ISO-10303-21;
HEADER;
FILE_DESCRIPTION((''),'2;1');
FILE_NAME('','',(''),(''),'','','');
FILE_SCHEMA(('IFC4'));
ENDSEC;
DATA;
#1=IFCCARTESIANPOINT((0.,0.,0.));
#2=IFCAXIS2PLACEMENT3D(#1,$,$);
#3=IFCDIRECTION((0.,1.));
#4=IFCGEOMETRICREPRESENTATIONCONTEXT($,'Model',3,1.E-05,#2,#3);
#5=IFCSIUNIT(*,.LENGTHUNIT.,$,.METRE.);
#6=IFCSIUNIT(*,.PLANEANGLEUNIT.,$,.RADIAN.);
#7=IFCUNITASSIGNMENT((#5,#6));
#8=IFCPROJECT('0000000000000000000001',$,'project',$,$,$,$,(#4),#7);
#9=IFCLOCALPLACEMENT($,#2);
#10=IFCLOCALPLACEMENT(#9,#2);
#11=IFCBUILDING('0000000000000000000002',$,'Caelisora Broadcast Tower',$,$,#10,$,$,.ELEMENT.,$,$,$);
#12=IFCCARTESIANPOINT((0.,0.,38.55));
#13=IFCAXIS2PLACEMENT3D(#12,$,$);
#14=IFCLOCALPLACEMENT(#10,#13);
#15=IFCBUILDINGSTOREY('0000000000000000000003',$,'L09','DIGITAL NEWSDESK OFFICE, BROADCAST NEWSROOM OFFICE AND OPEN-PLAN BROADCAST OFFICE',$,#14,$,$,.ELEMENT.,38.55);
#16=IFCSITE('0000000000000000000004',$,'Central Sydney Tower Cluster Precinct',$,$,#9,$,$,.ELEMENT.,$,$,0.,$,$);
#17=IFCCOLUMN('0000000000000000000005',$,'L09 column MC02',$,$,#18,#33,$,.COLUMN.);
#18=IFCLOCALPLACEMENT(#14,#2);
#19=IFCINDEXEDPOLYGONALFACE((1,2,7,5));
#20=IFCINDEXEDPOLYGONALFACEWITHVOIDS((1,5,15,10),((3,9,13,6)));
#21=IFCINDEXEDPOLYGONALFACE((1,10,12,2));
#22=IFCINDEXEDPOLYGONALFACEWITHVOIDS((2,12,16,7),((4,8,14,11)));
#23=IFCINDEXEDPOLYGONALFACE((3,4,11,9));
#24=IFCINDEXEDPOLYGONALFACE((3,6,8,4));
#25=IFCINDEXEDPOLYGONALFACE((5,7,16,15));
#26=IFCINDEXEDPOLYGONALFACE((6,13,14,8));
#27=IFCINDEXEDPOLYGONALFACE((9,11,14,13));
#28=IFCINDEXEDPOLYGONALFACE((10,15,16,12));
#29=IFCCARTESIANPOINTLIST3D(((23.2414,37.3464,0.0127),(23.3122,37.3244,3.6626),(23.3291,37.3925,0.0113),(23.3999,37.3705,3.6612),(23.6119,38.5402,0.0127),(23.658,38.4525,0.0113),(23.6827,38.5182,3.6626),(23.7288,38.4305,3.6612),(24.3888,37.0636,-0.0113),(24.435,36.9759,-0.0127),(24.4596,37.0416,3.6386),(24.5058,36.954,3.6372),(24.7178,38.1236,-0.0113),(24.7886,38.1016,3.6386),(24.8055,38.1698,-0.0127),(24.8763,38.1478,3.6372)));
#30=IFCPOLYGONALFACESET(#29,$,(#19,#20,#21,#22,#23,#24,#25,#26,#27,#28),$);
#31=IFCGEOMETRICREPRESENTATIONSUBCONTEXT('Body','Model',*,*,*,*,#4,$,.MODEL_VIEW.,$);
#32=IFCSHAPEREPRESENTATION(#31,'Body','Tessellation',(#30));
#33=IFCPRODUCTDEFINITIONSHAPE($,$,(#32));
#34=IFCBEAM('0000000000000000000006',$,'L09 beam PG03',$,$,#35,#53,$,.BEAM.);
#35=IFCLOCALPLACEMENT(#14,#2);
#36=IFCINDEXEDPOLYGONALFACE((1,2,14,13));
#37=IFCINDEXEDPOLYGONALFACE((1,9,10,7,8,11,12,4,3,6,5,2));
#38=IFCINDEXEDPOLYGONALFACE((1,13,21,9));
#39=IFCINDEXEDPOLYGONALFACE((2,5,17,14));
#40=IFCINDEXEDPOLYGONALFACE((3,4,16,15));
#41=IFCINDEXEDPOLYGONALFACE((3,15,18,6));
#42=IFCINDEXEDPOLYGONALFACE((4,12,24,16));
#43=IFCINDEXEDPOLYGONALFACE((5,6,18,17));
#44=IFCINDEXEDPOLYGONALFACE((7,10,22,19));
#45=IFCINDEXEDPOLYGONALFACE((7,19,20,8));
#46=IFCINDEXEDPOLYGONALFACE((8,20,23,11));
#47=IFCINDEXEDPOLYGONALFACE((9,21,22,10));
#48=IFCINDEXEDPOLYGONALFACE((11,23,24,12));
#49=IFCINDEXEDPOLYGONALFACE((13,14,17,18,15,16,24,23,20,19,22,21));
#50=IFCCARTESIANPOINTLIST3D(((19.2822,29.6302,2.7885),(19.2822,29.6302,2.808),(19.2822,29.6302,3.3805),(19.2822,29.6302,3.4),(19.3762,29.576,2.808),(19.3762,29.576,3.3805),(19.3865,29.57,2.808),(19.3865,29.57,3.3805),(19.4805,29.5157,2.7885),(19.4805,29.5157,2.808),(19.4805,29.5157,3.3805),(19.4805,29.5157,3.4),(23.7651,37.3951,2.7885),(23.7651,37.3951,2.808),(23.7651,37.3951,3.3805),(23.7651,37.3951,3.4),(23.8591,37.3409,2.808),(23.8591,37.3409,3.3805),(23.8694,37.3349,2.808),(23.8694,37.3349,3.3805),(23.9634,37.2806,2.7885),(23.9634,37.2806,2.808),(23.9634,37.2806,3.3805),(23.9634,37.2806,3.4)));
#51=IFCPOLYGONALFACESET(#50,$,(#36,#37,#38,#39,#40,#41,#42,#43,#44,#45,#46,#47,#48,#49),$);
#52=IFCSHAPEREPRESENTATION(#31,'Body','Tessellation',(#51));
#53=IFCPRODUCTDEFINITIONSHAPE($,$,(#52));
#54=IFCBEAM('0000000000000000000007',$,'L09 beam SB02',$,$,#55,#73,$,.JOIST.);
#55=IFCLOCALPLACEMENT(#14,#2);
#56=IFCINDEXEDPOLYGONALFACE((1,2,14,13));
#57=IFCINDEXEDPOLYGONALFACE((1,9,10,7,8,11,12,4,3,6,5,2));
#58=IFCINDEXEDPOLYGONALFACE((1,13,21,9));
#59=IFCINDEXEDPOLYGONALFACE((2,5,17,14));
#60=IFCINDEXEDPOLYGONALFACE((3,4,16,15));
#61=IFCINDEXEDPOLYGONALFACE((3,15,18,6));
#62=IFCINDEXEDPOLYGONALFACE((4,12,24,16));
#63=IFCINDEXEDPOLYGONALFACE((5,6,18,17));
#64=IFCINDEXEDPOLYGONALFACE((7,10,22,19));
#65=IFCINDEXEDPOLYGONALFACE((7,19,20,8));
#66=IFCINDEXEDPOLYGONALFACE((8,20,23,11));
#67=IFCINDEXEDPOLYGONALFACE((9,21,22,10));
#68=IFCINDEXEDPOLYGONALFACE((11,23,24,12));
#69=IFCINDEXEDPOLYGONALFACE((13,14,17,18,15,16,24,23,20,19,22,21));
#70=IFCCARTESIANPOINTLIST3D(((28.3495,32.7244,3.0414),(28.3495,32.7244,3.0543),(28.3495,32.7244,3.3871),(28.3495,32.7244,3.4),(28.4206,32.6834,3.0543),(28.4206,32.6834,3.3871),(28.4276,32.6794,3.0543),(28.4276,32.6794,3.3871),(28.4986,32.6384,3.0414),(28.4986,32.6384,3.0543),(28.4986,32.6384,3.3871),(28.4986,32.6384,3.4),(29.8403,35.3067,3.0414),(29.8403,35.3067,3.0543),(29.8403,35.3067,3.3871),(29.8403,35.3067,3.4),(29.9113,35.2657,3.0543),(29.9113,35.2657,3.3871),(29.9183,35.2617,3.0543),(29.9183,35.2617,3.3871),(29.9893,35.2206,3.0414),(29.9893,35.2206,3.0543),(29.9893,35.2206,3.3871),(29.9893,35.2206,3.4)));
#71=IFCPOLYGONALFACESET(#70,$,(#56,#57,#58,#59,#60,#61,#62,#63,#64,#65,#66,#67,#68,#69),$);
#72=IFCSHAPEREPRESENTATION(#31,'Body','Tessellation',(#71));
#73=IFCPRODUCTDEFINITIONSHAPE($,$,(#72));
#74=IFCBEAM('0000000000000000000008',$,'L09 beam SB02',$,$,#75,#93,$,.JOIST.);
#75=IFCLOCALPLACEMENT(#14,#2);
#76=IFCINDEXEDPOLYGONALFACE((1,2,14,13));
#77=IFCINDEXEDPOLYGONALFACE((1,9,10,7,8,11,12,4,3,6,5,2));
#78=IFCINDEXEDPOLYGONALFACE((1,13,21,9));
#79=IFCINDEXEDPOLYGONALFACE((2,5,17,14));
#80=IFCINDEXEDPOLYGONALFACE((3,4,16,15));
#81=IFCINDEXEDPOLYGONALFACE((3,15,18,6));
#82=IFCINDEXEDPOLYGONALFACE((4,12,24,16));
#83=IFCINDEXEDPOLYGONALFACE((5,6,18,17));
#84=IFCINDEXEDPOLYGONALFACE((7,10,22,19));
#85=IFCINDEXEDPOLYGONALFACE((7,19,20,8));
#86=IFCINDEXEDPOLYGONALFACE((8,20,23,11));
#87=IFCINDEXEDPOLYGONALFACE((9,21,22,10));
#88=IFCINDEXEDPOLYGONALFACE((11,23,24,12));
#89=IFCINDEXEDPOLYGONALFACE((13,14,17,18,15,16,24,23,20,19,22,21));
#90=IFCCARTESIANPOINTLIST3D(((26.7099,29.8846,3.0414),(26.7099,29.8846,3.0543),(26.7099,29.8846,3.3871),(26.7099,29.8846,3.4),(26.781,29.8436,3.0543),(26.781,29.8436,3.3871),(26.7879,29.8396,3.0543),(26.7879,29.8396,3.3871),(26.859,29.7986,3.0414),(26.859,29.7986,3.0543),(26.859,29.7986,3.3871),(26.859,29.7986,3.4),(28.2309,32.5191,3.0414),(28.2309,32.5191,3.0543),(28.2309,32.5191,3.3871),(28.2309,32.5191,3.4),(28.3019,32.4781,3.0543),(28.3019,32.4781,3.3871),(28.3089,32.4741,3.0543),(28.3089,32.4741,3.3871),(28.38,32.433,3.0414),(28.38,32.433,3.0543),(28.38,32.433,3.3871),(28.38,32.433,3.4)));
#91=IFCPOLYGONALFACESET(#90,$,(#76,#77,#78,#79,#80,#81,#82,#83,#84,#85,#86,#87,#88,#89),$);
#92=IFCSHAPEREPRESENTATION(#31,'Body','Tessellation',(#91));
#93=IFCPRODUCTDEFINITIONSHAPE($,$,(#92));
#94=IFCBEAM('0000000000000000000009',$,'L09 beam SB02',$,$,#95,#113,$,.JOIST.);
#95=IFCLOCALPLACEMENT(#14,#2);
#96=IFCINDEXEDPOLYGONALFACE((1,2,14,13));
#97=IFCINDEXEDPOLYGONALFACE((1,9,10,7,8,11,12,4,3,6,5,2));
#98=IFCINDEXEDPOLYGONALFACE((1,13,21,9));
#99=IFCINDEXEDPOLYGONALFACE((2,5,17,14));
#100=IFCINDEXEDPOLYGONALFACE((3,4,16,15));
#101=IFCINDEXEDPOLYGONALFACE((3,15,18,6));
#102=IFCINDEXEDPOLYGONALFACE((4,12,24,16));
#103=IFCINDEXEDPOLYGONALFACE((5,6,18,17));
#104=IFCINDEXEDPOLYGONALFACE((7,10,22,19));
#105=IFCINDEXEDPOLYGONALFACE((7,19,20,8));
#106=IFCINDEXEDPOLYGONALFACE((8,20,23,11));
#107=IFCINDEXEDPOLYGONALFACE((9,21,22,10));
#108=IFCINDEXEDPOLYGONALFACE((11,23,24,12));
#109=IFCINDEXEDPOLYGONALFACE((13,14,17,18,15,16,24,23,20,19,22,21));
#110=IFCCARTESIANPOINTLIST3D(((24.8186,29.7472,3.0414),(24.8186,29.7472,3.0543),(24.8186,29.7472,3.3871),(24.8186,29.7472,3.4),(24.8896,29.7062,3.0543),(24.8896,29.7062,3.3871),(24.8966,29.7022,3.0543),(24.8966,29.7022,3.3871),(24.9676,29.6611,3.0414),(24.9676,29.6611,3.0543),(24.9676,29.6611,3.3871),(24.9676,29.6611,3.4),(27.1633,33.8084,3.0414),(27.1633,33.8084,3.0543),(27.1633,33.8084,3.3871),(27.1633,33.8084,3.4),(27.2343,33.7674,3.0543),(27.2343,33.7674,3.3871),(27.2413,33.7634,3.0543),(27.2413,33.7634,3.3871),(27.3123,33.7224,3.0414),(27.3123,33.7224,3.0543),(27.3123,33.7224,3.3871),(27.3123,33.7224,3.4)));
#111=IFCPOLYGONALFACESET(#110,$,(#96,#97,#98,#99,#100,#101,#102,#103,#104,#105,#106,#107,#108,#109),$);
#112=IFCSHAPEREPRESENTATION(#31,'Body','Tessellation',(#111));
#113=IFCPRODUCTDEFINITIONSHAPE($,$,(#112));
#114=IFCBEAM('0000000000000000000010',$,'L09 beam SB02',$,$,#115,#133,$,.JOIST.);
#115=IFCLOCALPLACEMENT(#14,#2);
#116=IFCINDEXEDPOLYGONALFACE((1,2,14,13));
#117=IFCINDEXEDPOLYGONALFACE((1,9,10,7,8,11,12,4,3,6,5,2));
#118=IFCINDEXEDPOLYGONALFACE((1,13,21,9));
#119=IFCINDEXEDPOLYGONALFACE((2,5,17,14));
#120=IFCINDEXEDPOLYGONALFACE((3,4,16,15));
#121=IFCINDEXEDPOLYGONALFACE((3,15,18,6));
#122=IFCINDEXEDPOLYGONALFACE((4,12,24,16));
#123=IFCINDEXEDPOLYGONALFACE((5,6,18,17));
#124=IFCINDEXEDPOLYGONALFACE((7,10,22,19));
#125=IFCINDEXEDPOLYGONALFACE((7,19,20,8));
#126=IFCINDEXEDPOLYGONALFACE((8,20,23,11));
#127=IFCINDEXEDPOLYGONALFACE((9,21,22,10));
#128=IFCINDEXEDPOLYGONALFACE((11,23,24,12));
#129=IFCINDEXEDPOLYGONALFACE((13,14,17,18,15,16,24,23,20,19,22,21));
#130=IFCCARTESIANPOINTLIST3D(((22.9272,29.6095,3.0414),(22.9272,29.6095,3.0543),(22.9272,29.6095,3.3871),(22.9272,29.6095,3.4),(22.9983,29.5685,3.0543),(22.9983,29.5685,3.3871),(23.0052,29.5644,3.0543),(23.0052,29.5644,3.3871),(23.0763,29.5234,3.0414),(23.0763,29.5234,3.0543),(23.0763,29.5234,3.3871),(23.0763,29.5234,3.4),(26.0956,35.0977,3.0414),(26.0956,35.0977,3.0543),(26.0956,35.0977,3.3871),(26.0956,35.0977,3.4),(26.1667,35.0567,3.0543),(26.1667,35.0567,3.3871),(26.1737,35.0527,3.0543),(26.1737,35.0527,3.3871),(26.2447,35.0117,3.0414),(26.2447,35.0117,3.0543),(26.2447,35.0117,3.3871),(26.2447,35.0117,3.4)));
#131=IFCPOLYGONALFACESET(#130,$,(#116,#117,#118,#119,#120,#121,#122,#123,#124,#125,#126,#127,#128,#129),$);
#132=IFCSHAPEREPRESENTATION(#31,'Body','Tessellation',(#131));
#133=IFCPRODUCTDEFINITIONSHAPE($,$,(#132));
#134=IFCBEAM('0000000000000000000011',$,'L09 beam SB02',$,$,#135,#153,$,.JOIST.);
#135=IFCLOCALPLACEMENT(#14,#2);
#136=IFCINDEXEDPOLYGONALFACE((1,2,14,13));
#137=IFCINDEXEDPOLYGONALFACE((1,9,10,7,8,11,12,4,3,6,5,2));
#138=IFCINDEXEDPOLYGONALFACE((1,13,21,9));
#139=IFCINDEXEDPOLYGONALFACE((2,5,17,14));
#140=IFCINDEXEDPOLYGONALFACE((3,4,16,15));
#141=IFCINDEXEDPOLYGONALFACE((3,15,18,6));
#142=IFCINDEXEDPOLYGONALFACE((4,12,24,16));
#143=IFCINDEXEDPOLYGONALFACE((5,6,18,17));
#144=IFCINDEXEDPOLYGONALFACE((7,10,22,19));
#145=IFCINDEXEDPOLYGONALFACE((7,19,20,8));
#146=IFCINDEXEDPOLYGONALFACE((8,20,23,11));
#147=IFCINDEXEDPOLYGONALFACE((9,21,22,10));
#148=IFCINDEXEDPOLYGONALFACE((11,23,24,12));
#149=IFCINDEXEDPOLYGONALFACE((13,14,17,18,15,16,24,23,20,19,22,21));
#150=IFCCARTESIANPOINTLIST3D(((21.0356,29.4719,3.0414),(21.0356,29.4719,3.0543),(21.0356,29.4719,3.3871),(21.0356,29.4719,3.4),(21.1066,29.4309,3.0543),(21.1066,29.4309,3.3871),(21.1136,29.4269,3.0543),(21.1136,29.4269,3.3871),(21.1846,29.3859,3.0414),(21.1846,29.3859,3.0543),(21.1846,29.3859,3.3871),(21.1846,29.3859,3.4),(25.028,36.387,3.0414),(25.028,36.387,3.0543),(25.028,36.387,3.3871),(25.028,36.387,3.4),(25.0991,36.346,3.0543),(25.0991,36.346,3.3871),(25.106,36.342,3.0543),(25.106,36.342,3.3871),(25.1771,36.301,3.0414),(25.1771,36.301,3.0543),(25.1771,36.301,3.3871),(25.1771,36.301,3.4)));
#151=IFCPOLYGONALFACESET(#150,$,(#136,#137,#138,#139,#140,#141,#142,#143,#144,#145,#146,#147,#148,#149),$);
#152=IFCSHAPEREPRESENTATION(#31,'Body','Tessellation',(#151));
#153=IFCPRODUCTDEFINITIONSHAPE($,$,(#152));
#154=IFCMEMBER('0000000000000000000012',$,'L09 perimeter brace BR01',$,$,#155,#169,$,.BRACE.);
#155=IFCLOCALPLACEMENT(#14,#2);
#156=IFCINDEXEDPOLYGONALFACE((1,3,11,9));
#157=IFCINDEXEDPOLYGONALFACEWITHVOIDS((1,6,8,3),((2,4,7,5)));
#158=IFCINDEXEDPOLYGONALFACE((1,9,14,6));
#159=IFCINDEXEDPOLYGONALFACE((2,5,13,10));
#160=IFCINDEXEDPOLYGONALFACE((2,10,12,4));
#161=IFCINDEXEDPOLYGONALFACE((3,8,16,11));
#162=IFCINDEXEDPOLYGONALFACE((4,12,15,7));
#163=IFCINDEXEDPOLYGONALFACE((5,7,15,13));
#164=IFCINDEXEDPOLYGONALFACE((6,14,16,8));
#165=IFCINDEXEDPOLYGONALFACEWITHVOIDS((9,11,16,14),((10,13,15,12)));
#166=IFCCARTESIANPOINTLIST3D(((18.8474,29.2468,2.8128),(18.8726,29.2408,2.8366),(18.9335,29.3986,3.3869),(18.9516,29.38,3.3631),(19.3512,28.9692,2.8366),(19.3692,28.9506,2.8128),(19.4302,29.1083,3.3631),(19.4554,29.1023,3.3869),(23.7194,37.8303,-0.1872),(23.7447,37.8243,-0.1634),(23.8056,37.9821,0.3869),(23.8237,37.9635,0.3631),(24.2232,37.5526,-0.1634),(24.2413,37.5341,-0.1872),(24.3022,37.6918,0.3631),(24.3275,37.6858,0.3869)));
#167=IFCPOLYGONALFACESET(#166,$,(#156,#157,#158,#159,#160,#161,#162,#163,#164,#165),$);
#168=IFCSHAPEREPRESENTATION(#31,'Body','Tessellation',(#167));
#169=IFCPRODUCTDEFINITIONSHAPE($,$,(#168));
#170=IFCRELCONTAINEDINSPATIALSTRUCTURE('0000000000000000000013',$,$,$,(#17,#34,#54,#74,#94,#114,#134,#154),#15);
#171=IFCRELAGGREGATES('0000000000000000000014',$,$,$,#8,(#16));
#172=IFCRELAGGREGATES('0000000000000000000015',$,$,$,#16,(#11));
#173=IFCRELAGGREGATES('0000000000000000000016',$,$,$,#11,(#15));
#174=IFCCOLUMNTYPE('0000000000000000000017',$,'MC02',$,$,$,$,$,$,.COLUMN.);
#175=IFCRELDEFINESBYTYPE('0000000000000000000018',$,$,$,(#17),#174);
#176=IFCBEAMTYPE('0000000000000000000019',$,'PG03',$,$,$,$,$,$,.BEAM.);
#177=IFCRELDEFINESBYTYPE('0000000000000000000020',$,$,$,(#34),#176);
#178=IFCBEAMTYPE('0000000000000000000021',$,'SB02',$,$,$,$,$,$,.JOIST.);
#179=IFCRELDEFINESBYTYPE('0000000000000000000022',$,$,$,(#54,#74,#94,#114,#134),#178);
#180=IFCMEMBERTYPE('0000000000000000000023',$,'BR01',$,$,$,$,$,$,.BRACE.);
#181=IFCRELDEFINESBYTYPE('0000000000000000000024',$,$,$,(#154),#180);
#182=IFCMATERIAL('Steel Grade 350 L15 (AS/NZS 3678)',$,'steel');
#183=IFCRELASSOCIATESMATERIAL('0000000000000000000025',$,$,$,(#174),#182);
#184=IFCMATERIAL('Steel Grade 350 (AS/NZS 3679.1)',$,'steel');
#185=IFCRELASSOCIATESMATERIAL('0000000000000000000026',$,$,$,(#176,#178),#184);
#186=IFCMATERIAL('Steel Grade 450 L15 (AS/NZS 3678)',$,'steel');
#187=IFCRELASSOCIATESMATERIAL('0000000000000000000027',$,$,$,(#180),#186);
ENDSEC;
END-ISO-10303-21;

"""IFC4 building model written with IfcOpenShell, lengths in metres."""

from ifc_helpers import new_model, si_unit, direction, frame, origin, origin_2d, place, context, subcontext, project, spatial, hollow_rectangle, i_section, extrude, source, transform, mapped, material, material_profile, profile_set, type_object, type_shapes, element, save


model = new_model("IFC4")

# Units and contexts
model_context = context("Model", 3, precision=1e-05, world=origin(), true_north=direction((0.0, 1.0)))
body_context = subcontext(model_context, "Body", "Model", "MODEL_VIEW")
ifc_project = project(units=[si_unit("LENGTHUNIT", "METRE"), si_unit("PLANEANGLEUNIT", "RADIAN")], contexts=[model_context])

# Site, building, storey
site_placement = place(None, origin())
site = spatial("IfcSite", under=ifc_project, at=site_placement, Name="Central Sydney Tower Cluster Precinct", CompositionType="ELEMENT", RefElevation=0.0)
building_placement = place(site_placement, origin())
building = spatial("IfcBuilding", under=site, at=building_placement, Name="Caelisora Broadcast Tower", CompositionType="ELEMENT")
storey_placement = place(building_placement, frame((0.0, 0.0, 38.55)))
storey = spatial("IfcBuildingStorey", under=building, at=storey_placement, Name="L09", Description="DIGITAL NEWSDESK OFFICE, BROADCAST NEWSROOM OFFICE AND OPEN-PLAN BROADCAST OFFICE", CompositionType="ELEMENT", Elevation=38.55)

# Column
ifc_material_1 = material(Name="Steel Grade 350 L15 (AS/NZS 3678)", Category="steel")
ifc_material_profile_1 = material_profile(ifc_material_1, hollow_rectangle(XDim=1.25, YDim=1.25, WallThickness=0.0701, at=origin_2d()), Name="Steel Grade 350 L15 (AS/NZS 3678)")
ifc_profile_set_1 = profile_set([ifc_material_profile_1], Name="Steel Grade 350 L15 (AS/NZS 3678)")
column_type = type_object("IfcColumnType", Name="MC02", PredefinedType="COLUMN", material=ifc_profile_set_1)
shared_shape_1 = source(origin(), body_context, "Body", "SweptSolid", [
    extrude(hollow_rectangle(XDim=1.25, YDim=1.25, WallThickness=0.0701, at=origin_2d()), origin(), (0.0, 0.0, 1.0), 3.6506),
])
type_shapes(column_type, [shared_shape_1])
column_placement = place(storey_placement, frame((24.0234, 37.7581, 0.0), z_axis=(0.019394, -0.006019, 0.999794), x_axis=(0.296399, 0.955064, 0.0)))
element("IfcColumn", 1, at=column_placement, inside=storey, type_object=column_type, Name="L09 column MC02", PredefinedType="COLUMN", context=body_context, shape_type="MappedRepresentation", body=[
    mapped(shared_shape_1, transform((0.0, 0.0, 0.0), scale=1.0)),
])

# Beams
ifc_material_2 = material(Name="Steel Grade 350 (AS/NZS 3679.1)", Category="steel")
ifc_material_profile_2 = material_profile(ifc_material_2, i_section(OverallWidth=0.229, OverallDepth=0.6116, WebThickness=0.012, FlangeThickness=0.0195, at=origin_2d()), Name="Steel Grade 350 (AS/NZS 3679.1)")
ifc_profile_set_2 = profile_set([ifc_material_profile_2], Name="Steel Grade 350 (AS/NZS 3679.1)")
beam_type_1 = type_object("IfcBeamType", Name="PG03", PredefinedType="BEAM", material=ifc_profile_set_2)
shared_shape_2 = source(origin(), body_context, "Body", "SweptSolid", [
    extrude(i_section(OverallWidth=0.229, OverallDepth=0.6116, WebThickness=0.012, FlangeThickness=0.0195, at=origin_2d()), origin(), (0.0, 0.0, 1.0), 8.9661),
])
type_shapes(beam_type_1, [shared_shape_2])
beam_1_placement = place(storey_placement, frame((23.8643, 37.3379, 3.0942), z_axis=(-0.499987, -0.866033, 0.0), x_axis=(0.866033, -0.499987, 0.0)))
element("IfcBeam", 2, at=beam_1_placement, inside=storey, type_object=beam_type_1, Name="L09 beam PG03", PredefinedType="BEAM", context=body_context, shape_type="MappedRepresentation", body=[
    mapped(shared_shape_2, transform((0.0, 0.0, 0.0), scale=1.0)),
])
ifc_material_profile_3 = material_profile(ifc_material_2, i_section(OverallWidth=0.1721, OverallDepth=0.3586, WebThickness=0.0081, FlangeThickness=0.0129, at=origin_2d()), Name="Steel Grade 350 (AS/NZS 3679.1)")
ifc_profile_set_3 = profile_set([ifc_material_profile_3], Name="Steel Grade 350 (AS/NZS 3679.1)")
beam_type_2 = type_object("IfcBeamType", Name="SB02", PredefinedType="JOIST", material=ifc_profile_set_3)
shared_shape_3 = source(origin(), body_context, "Body", "SweptSolid", [
    extrude(i_section(OverallWidth=0.1721, OverallDepth=0.3586, WebThickness=0.0081, FlangeThickness=0.0129, at=origin_2d()), origin(), (0.0, 0.0, 1.0), 2.9817),
])
beam_2_placement = place(storey_placement, frame((29.9148, 35.2637, 3.2207), z_axis=(-0.499961, -0.866048, 0.0), x_axis=(0.866048, -0.499961, 0.0)))
element("IfcBeam", 3, at=beam_2_placement, inside=storey, type_object=beam_type_2, Name="L09 beam SB02", PredefinedType="JOIST", context=body_context, shape_type="MappedRepresentation", body=[
    mapped(shared_shape_3, transform((0.0, 0.0, 0.0), scale=1.0)),
])
shared_shape_4 = source(origin(), body_context, "Body", "SweptSolid", [
    extrude(i_section(OverallWidth=0.1721, OverallDepth=0.3586, WebThickness=0.0081, FlangeThickness=0.0129, at=origin_2d()), origin(), (0.0, 0.0, 1.0), 3.042),
])
beam_3_placement = place(storey_placement, frame((28.3054, 32.4761, 3.2207), z_axis=(-0.499989, -0.866032, 0.0), x_axis=(0.866032, -0.499989, 0.0)))
element("IfcBeam", 4, at=beam_3_placement, inside=storey, type_object=beam_type_2, Name="L09 beam SB02", PredefinedType="JOIST", context=body_context, shape_type="MappedRepresentation", body=[
    mapped(shared_shape_4, transform((0.0, 0.0, 0.0), scale=1.0)),
])
shared_shape_5 = source(origin(), body_context, "Body", "SweptSolid", [
    extrude(i_section(OverallWidth=0.1721, OverallDepth=0.3586, WebThickness=0.0081, FlangeThickness=0.0129, at=origin_2d()), origin(), (0.0, 0.0, 1.0), 4.6895),
])
beam_4_placement = place(storey_placement, frame((27.2378, 33.7654, 3.2207), z_axis=(-0.499991, -0.86603, 0.0), x_axis=(0.86603, -0.499991, 0.0)))
element("IfcBeam", 5, at=beam_4_placement, inside=storey, type_object=beam_type_2, Name="L09 beam SB02", PredefinedType="JOIST", context=body_context, shape_type="MappedRepresentation", body=[
    mapped(shared_shape_5, transform((0.0, 0.0, 0.0), scale=1.0)),
])
shared_shape_6 = source(origin(), body_context, "Body", "SweptSolid", [
    extrude(i_section(OverallWidth=0.1721, OverallDepth=0.3586, WebThickness=0.0081, FlangeThickness=0.0129, at=origin_2d()), origin(), (0.0, 0.0, 1.0), 6.3372),
])
beam_5_placement = place(storey_placement, frame((26.1702, 35.0547, 3.2207), z_axis=(-0.499976, -0.866039, 0.0), x_axis=(0.866039, -0.499976, 0.0)))
element("IfcBeam", 6, at=beam_5_placement, inside=storey, type_object=beam_type_2, Name="L09 beam SB02", PredefinedType="JOIST", context=body_context, shape_type="MappedRepresentation", body=[
    mapped(shared_shape_6, transform((0.0, 0.0, 0.0), scale=1.0)),
])
shared_shape_7 = source(origin(), body_context, "Body", "SweptSolid", [
    extrude(i_section(OverallWidth=0.1721, OverallDepth=0.3586, WebThickness=0.0081, FlangeThickness=0.0129, at=origin_2d()), origin(), (0.0, 0.0, 1.0), 7.9849),
])
type_shapes(beam_type_2, [shared_shape_3, shared_shape_4, shared_shape_5, shared_shape_6, shared_shape_7])
beam_6_placement = place(storey_placement, frame((25.1025, 36.344, 3.2207), z_axis=(-0.500003, -0.866024, 0.0), x_axis=(0.866024, -0.500003, 0.0)))
element("IfcBeam", 7, at=beam_6_placement, inside=storey, type_object=beam_type_2, Name="L09 beam SB02", PredefinedType="JOIST", context=body_context, shape_type="MappedRepresentation", body=[
    mapped(shared_shape_7, transform((0.0, 0.0, 0.0), scale=1.0)),
])

# Member
ifc_material_3 = material(Name="Steel Grade 450 L15 (AS/NZS 3678)", Category="steel")
ifc_material_profile_4 = material_profile(ifc_material_3, hollow_rectangle(XDim=0.6001, YDim=0.6001, WallThickness=0.0249, at=origin_2d()), Name="Steel Grade 450 L15 (AS/NZS 3678)")
ifc_profile_set_4 = profile_set([ifc_material_profile_4], Name="Steel Grade 450 L15 (AS/NZS 3678)")
member_type_1 = type_object("IfcMemberType", Name="BR01", PredefinedType="BRACE", material=ifc_profile_set_4)
shared_shape_8 = source(origin(), body_context, "Body", "SweptSolid", [
    extrude(hollow_rectangle(XDim=0.6001, YDim=0.6001, WallThickness=0.0249, at=origin_2d()), origin(), (0.0, 0.0, 1.0), 10.3157),
])
type_shapes(member_type_1, [shared_shape_8])
member_1_placement = place(storey_placement, frame((24.0234, 37.7581, 0.0999), z_axis=(-0.472297, -0.832082, 0.290819), x_axis=(0.86967, -0.493633, 0.0)))
element("IfcMember", 8, at=member_1_placement, inside=storey, type_object=member_type_1, Name="L09 perimeter brace BR01", PredefinedType="BRACE", context=body_context, shape_type="MappedRepresentation", body=[
    mapped(shared_shape_8, transform((0.0, 0.0, 0.0), scale=1.0)),
])

save(model, "model.ifc")
